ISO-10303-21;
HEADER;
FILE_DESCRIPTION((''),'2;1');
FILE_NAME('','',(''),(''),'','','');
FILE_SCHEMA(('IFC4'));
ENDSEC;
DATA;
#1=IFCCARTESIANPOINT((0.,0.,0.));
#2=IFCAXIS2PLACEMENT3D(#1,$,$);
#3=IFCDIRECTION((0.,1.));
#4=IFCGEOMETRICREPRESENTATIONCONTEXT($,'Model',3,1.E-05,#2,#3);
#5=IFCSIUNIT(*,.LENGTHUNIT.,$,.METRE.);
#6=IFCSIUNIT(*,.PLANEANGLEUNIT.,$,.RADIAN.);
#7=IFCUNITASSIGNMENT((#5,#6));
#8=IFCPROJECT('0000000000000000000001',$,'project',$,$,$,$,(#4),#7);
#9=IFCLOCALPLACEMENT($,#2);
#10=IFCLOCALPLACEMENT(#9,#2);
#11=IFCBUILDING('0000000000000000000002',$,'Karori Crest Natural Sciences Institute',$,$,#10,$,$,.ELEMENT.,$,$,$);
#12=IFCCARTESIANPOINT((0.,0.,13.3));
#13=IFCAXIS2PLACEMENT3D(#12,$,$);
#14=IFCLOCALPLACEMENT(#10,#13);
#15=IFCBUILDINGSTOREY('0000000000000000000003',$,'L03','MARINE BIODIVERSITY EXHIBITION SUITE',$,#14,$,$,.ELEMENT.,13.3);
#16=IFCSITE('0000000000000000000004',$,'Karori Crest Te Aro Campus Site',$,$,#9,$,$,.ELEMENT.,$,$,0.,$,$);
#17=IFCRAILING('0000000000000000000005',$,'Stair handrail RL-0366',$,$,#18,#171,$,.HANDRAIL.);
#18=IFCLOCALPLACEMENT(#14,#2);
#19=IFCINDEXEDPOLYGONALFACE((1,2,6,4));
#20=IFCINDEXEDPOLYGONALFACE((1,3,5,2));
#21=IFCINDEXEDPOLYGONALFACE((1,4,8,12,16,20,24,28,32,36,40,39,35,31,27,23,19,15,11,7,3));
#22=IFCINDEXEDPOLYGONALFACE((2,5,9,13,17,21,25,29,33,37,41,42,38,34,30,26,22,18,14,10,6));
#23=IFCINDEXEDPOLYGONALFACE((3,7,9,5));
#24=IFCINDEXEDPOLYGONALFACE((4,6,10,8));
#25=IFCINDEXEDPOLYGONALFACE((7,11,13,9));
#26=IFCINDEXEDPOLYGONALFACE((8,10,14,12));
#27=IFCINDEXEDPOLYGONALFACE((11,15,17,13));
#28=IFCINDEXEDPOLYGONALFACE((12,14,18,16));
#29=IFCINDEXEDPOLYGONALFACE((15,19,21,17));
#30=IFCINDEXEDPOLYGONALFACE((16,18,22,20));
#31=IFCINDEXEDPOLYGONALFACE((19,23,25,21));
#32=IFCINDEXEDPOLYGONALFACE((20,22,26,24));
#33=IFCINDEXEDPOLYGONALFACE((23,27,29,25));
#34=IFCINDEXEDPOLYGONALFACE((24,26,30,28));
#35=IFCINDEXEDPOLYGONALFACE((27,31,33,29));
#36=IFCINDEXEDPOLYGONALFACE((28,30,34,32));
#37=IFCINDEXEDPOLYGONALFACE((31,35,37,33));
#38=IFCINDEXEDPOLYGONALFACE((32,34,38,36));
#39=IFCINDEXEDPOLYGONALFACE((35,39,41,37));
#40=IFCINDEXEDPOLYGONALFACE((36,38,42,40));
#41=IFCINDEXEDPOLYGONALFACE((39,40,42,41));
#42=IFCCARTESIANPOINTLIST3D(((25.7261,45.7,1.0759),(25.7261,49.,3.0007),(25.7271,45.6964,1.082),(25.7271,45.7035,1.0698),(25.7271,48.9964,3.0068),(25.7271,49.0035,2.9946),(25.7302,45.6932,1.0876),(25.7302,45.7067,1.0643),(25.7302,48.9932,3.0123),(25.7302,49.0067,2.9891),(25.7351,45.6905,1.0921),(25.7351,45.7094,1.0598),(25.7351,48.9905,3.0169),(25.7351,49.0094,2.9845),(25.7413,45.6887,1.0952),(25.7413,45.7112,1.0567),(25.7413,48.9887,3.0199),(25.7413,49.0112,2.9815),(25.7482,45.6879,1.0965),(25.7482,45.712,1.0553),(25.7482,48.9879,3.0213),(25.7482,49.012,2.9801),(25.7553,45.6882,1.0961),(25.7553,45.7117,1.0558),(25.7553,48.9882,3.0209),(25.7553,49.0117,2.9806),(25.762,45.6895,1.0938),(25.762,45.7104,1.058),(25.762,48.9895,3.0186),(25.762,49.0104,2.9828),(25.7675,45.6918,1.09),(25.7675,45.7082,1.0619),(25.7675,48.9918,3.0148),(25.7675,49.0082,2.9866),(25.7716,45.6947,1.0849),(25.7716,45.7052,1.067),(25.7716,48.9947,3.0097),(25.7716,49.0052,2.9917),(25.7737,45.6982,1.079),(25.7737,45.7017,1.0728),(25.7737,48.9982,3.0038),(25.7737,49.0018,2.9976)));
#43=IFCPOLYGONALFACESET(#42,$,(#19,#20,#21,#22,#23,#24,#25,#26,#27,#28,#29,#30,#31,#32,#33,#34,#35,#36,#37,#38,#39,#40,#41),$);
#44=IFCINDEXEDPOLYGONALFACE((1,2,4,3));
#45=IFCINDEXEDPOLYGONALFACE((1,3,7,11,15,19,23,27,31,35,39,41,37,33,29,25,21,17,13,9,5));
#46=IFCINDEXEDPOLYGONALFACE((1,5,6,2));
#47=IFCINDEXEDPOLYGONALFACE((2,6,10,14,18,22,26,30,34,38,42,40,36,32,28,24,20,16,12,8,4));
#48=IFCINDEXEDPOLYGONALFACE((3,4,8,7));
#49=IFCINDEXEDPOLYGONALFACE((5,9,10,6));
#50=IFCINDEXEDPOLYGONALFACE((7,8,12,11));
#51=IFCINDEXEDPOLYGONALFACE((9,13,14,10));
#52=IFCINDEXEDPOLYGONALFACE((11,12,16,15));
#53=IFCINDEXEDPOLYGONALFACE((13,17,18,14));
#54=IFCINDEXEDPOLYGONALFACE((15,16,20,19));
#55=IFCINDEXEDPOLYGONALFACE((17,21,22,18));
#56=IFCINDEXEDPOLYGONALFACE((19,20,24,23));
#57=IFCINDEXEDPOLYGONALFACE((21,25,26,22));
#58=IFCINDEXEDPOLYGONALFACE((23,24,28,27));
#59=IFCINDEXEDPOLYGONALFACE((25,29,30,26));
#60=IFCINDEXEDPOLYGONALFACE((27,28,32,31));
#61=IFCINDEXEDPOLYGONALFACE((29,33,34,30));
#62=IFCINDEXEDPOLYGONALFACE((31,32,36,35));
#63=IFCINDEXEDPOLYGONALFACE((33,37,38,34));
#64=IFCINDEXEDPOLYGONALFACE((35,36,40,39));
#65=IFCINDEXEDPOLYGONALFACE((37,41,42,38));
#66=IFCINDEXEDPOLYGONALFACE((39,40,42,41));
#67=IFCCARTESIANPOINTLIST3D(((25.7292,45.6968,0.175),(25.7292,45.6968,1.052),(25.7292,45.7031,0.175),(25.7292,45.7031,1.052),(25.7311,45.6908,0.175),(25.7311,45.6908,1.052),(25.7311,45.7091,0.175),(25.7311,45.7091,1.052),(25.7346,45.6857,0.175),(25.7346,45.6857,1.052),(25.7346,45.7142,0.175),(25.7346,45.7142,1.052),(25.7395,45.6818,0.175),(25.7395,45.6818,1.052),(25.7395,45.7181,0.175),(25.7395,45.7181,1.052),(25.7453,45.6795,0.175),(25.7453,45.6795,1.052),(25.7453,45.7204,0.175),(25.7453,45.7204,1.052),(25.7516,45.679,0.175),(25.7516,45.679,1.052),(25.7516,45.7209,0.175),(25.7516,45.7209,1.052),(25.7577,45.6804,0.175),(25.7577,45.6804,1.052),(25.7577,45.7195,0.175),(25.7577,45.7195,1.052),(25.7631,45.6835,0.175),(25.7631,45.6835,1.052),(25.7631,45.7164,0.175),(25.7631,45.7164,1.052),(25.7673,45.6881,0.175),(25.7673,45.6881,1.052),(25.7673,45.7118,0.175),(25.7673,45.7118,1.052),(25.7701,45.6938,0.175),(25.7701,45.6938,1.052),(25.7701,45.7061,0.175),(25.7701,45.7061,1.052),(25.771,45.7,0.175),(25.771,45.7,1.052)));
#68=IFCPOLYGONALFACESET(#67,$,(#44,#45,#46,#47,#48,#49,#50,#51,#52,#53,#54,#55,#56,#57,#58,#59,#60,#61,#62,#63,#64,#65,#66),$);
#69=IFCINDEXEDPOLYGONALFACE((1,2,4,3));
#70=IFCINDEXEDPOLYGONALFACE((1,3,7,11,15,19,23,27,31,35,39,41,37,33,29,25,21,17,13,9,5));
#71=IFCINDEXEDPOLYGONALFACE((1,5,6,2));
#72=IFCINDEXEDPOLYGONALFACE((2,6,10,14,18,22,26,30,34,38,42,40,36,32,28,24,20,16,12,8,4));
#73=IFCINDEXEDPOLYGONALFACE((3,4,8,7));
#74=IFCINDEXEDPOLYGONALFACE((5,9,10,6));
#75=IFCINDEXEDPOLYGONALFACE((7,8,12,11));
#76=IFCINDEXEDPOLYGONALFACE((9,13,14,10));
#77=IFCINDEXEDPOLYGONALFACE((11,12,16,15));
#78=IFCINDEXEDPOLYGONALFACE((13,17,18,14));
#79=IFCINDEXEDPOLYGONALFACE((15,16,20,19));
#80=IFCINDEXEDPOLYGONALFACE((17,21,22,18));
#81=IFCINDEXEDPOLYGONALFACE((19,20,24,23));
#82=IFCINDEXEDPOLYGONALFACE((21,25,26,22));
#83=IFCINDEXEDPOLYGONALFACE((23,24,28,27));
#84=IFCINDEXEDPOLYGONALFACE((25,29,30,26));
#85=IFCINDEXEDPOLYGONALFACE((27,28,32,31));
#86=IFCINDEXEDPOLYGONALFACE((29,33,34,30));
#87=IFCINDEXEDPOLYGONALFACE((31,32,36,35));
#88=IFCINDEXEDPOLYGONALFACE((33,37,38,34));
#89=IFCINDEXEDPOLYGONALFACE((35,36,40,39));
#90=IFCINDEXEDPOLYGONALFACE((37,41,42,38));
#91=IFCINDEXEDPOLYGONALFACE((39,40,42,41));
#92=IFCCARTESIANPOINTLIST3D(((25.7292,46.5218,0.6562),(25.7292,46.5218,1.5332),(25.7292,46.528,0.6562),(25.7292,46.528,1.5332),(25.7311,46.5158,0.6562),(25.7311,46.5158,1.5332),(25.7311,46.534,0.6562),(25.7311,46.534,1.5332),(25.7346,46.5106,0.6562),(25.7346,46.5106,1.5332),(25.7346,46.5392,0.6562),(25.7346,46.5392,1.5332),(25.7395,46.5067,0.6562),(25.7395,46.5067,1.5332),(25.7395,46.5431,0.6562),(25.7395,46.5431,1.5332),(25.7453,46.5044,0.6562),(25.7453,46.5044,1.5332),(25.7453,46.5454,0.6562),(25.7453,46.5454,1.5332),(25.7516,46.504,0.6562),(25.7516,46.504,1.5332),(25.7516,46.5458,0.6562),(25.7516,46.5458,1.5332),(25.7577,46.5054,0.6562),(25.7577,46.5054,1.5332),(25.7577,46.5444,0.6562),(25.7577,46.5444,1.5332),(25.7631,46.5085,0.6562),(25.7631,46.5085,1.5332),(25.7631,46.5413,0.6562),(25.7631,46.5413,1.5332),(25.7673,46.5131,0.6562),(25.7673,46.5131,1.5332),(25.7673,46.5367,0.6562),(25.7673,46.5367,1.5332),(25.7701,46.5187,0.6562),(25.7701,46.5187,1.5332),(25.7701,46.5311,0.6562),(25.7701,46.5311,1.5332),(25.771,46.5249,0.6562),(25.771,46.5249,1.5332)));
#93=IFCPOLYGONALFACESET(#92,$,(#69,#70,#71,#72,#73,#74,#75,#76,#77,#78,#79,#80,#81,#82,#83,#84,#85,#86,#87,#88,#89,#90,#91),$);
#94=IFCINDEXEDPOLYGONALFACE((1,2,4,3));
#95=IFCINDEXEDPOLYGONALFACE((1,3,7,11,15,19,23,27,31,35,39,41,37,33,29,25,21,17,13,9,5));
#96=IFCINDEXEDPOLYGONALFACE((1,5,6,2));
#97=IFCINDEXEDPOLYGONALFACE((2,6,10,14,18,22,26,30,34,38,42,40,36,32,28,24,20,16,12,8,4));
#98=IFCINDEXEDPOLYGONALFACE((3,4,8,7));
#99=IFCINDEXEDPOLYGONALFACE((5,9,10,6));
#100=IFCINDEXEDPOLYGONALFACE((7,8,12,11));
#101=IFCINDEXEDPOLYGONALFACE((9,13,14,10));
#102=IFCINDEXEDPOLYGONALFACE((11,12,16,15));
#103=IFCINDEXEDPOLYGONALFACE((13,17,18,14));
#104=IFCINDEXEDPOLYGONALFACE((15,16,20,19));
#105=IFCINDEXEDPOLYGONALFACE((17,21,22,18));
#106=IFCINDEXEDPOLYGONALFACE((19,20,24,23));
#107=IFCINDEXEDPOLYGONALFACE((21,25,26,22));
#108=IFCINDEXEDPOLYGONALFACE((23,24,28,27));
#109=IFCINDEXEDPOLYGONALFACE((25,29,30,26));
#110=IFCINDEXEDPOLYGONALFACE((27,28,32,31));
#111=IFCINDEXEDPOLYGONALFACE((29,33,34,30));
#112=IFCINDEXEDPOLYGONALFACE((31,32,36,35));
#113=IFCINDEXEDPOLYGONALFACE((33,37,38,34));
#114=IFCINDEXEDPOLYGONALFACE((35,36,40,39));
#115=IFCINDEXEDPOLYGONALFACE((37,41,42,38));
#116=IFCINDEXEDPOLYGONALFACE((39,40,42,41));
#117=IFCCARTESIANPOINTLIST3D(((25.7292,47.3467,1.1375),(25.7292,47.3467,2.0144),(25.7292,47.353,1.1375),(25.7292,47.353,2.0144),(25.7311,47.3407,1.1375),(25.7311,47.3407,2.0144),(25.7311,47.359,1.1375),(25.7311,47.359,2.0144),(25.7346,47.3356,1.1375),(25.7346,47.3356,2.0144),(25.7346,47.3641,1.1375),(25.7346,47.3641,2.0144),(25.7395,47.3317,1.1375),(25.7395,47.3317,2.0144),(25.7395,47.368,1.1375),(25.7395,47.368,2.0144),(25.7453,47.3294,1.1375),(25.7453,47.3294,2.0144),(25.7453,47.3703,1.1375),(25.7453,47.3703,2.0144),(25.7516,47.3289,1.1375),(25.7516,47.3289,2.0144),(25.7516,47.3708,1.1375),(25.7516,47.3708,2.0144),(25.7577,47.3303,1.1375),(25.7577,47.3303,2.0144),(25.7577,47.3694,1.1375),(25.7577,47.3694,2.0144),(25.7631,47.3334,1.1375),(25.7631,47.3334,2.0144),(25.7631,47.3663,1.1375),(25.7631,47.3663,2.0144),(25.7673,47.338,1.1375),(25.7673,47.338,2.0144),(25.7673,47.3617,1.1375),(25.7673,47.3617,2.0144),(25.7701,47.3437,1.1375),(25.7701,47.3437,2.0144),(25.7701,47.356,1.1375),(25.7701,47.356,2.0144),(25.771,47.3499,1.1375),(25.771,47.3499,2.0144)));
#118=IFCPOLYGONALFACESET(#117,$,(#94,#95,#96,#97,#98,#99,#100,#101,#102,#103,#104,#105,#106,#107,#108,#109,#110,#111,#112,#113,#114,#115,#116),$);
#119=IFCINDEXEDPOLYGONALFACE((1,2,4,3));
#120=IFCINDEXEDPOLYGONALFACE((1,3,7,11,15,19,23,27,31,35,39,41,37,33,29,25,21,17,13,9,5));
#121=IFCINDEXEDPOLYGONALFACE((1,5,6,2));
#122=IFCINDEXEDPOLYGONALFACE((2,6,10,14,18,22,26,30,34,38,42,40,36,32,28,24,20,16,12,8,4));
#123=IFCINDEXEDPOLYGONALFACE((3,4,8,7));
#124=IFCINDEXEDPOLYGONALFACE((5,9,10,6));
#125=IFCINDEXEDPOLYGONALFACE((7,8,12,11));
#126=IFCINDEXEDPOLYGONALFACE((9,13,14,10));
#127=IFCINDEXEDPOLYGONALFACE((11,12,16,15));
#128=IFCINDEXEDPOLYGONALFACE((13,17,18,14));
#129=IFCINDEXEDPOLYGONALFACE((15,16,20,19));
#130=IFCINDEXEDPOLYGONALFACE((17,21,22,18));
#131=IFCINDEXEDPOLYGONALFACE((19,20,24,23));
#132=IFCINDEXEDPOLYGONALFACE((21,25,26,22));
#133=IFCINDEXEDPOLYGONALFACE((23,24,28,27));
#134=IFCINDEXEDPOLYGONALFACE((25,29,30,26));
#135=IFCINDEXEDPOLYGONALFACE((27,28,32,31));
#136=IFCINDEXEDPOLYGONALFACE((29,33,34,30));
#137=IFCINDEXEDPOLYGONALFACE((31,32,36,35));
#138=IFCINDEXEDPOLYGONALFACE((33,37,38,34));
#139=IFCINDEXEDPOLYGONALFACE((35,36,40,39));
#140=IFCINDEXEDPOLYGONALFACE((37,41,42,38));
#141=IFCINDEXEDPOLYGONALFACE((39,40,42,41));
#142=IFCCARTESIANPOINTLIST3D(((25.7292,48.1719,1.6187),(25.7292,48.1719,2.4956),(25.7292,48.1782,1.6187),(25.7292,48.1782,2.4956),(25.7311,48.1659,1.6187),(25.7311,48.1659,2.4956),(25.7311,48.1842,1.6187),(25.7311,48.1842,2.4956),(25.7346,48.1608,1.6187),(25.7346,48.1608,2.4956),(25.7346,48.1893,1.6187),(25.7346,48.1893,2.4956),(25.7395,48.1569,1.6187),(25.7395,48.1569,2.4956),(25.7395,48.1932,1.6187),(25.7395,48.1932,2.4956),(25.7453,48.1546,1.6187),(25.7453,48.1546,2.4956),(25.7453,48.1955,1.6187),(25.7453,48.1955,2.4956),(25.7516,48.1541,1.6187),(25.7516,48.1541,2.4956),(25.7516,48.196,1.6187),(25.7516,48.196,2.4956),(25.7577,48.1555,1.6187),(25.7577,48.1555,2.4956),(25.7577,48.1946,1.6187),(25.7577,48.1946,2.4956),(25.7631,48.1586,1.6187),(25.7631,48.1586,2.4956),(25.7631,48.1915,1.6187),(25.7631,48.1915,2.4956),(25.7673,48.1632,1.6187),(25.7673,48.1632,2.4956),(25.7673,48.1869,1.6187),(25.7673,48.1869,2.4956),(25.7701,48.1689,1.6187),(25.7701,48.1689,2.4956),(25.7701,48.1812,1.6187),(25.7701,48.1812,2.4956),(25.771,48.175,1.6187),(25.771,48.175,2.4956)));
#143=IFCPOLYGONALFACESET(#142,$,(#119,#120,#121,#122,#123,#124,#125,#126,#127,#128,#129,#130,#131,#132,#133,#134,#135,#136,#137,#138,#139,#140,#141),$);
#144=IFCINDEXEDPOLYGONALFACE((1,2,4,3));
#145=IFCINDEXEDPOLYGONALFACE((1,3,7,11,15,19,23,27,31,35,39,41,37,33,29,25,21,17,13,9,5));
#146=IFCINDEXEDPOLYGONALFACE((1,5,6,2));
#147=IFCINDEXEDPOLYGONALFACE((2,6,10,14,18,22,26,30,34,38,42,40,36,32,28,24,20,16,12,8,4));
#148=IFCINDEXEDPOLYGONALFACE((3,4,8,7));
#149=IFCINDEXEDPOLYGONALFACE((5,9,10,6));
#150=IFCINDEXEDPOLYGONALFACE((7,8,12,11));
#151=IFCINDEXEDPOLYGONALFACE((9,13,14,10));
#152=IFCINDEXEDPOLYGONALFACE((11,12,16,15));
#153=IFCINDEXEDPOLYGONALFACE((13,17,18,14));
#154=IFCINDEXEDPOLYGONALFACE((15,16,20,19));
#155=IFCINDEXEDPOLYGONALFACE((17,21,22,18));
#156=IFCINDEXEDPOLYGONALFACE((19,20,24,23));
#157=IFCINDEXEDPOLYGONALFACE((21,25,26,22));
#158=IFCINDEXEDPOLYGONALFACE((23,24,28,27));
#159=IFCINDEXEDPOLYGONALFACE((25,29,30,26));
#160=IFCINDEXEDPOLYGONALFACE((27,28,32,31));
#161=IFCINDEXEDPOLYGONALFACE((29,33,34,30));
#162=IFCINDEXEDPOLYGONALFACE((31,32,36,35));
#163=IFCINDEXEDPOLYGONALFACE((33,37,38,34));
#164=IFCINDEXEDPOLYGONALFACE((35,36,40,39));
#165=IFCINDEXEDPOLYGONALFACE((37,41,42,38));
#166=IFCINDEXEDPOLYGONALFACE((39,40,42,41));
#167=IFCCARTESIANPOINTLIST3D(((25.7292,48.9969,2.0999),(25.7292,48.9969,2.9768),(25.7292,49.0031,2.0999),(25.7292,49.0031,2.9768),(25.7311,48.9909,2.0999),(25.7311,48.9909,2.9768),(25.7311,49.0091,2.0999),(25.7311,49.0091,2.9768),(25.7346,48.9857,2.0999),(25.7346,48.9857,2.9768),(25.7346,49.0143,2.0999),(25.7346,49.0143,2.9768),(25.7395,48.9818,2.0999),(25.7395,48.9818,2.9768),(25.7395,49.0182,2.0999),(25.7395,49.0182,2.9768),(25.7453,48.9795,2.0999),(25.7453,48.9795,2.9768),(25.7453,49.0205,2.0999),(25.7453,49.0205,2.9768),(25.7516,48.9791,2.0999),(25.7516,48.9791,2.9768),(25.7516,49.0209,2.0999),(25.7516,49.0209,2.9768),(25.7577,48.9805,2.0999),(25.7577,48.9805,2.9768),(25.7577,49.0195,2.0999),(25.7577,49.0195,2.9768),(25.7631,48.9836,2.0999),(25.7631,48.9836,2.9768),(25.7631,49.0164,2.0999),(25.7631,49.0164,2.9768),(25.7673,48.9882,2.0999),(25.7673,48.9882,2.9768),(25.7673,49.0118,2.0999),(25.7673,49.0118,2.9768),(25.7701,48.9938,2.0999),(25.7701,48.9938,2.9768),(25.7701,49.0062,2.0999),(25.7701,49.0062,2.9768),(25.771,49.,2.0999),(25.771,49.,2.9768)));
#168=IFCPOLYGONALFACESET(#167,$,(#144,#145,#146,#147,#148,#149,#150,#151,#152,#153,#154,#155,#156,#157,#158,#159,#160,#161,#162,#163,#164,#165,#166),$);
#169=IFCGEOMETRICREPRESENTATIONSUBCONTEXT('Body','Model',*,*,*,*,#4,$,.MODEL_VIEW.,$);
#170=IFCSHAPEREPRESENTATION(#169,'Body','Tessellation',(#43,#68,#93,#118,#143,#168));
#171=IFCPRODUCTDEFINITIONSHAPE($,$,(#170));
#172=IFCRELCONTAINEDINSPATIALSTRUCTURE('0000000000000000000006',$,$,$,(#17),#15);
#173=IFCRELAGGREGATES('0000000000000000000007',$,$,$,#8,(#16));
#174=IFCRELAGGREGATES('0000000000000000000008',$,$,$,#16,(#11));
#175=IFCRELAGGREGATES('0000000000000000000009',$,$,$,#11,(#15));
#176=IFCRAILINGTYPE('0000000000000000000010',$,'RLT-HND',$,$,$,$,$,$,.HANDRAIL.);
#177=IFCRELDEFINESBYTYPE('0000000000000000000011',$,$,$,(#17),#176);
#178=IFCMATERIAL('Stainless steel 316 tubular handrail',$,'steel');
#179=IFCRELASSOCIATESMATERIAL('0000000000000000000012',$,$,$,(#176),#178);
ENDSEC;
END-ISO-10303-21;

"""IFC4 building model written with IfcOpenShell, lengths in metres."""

from ifc_helpers import new_model, si_unit, direction, frame, origin, origin_2d, place, context, subcontext, project, spatial, circle, extrude, material, type_object, element, save


model = new_model("IFC4")

# Units and contexts
model_context = context("Model", 3, precision=1e-05, world=origin(), true_north=direction((0.0, 1.0)))
body_context = subcontext(model_context, "Body", "Model", "MODEL_VIEW")
ifc_project = project(units=[si_unit("LENGTHUNIT", "METRE"), si_unit("PLANEANGLEUNIT", "RADIAN")], contexts=[model_context])

# Site, building, storey
site_placement = place(None, origin())
site = spatial("IfcSite", under=ifc_project, at=site_placement, Name="Karori Crest Te Aro Campus Site", CompositionType="ELEMENT", RefElevation=0.0)
building_placement = place(site_placement, origin())
building = spatial("IfcBuilding", under=site, at=building_placement, Name="Karori Crest Natural Sciences Institute", CompositionType="ELEMENT")
storey_placement = place(building_placement, frame((0.0, 0.0, 13.3)))
storey = spatial("IfcBuildingStorey", under=building, at=storey_placement, Name="L03", Description="MARINE BIODIVERSITY EXHIBITION SUITE", CompositionType="ELEMENT", Elevation=13.3)

# Railing
ifc_material_1 = material(Name="Stainless steel 316 tubular handrail", Category="steel")
railing_type_1 = type_object("IfcRailingType", Name="RLT-HND", PredefinedType="HANDRAIL", material=ifc_material_1)
railing_1_placement = place(storey_placement, frame((25.75, 45.7, 0.175)))
element("IfcRailing", 1, at=railing_1_placement, inside=storey, type_object=railing_type_1, Name="Stair handrail RL-0366", PredefinedType="HANDRAIL", context=body_context, shape_type="SweptSolid", body=[
    extrude(circle(Radius=0.0239, at=origin_2d()), frame((0.0, 0.0, 0.9009), z_axis=(0.0, 0.863804, 0.503827), x_axis=(-1.0, 0.0, 0.0)), (0.0, 0.0, 1.0), 3.8203),
    extrude(circle(Radius=0.021, at=origin_2d()), origin(), (0.0, 0.0, 1.0), 0.877),
    extrude(circle(Radius=0.021, at=origin_2d()), frame((0.0, 0.825, 0.4812)), (0.0, 0.0, 1.0), 0.877),
    extrude(circle(Radius=0.021, at=origin_2d()), frame((0.0, 1.6499, 0.9624)), (0.0, 0.0, 1.0), 0.877),
    extrude(circle(Radius=0.021, at=origin_2d()), frame((0.0, 2.4751, 1.4436)), (0.0, 0.0, 1.0), 0.877),
    extrude(circle(Radius=0.021, at=origin_2d()), frame((0.0, 3.3, 1.9248)), (0.0, 0.0, 1.0), 0.877),
])

save(model, "model.ifc")
